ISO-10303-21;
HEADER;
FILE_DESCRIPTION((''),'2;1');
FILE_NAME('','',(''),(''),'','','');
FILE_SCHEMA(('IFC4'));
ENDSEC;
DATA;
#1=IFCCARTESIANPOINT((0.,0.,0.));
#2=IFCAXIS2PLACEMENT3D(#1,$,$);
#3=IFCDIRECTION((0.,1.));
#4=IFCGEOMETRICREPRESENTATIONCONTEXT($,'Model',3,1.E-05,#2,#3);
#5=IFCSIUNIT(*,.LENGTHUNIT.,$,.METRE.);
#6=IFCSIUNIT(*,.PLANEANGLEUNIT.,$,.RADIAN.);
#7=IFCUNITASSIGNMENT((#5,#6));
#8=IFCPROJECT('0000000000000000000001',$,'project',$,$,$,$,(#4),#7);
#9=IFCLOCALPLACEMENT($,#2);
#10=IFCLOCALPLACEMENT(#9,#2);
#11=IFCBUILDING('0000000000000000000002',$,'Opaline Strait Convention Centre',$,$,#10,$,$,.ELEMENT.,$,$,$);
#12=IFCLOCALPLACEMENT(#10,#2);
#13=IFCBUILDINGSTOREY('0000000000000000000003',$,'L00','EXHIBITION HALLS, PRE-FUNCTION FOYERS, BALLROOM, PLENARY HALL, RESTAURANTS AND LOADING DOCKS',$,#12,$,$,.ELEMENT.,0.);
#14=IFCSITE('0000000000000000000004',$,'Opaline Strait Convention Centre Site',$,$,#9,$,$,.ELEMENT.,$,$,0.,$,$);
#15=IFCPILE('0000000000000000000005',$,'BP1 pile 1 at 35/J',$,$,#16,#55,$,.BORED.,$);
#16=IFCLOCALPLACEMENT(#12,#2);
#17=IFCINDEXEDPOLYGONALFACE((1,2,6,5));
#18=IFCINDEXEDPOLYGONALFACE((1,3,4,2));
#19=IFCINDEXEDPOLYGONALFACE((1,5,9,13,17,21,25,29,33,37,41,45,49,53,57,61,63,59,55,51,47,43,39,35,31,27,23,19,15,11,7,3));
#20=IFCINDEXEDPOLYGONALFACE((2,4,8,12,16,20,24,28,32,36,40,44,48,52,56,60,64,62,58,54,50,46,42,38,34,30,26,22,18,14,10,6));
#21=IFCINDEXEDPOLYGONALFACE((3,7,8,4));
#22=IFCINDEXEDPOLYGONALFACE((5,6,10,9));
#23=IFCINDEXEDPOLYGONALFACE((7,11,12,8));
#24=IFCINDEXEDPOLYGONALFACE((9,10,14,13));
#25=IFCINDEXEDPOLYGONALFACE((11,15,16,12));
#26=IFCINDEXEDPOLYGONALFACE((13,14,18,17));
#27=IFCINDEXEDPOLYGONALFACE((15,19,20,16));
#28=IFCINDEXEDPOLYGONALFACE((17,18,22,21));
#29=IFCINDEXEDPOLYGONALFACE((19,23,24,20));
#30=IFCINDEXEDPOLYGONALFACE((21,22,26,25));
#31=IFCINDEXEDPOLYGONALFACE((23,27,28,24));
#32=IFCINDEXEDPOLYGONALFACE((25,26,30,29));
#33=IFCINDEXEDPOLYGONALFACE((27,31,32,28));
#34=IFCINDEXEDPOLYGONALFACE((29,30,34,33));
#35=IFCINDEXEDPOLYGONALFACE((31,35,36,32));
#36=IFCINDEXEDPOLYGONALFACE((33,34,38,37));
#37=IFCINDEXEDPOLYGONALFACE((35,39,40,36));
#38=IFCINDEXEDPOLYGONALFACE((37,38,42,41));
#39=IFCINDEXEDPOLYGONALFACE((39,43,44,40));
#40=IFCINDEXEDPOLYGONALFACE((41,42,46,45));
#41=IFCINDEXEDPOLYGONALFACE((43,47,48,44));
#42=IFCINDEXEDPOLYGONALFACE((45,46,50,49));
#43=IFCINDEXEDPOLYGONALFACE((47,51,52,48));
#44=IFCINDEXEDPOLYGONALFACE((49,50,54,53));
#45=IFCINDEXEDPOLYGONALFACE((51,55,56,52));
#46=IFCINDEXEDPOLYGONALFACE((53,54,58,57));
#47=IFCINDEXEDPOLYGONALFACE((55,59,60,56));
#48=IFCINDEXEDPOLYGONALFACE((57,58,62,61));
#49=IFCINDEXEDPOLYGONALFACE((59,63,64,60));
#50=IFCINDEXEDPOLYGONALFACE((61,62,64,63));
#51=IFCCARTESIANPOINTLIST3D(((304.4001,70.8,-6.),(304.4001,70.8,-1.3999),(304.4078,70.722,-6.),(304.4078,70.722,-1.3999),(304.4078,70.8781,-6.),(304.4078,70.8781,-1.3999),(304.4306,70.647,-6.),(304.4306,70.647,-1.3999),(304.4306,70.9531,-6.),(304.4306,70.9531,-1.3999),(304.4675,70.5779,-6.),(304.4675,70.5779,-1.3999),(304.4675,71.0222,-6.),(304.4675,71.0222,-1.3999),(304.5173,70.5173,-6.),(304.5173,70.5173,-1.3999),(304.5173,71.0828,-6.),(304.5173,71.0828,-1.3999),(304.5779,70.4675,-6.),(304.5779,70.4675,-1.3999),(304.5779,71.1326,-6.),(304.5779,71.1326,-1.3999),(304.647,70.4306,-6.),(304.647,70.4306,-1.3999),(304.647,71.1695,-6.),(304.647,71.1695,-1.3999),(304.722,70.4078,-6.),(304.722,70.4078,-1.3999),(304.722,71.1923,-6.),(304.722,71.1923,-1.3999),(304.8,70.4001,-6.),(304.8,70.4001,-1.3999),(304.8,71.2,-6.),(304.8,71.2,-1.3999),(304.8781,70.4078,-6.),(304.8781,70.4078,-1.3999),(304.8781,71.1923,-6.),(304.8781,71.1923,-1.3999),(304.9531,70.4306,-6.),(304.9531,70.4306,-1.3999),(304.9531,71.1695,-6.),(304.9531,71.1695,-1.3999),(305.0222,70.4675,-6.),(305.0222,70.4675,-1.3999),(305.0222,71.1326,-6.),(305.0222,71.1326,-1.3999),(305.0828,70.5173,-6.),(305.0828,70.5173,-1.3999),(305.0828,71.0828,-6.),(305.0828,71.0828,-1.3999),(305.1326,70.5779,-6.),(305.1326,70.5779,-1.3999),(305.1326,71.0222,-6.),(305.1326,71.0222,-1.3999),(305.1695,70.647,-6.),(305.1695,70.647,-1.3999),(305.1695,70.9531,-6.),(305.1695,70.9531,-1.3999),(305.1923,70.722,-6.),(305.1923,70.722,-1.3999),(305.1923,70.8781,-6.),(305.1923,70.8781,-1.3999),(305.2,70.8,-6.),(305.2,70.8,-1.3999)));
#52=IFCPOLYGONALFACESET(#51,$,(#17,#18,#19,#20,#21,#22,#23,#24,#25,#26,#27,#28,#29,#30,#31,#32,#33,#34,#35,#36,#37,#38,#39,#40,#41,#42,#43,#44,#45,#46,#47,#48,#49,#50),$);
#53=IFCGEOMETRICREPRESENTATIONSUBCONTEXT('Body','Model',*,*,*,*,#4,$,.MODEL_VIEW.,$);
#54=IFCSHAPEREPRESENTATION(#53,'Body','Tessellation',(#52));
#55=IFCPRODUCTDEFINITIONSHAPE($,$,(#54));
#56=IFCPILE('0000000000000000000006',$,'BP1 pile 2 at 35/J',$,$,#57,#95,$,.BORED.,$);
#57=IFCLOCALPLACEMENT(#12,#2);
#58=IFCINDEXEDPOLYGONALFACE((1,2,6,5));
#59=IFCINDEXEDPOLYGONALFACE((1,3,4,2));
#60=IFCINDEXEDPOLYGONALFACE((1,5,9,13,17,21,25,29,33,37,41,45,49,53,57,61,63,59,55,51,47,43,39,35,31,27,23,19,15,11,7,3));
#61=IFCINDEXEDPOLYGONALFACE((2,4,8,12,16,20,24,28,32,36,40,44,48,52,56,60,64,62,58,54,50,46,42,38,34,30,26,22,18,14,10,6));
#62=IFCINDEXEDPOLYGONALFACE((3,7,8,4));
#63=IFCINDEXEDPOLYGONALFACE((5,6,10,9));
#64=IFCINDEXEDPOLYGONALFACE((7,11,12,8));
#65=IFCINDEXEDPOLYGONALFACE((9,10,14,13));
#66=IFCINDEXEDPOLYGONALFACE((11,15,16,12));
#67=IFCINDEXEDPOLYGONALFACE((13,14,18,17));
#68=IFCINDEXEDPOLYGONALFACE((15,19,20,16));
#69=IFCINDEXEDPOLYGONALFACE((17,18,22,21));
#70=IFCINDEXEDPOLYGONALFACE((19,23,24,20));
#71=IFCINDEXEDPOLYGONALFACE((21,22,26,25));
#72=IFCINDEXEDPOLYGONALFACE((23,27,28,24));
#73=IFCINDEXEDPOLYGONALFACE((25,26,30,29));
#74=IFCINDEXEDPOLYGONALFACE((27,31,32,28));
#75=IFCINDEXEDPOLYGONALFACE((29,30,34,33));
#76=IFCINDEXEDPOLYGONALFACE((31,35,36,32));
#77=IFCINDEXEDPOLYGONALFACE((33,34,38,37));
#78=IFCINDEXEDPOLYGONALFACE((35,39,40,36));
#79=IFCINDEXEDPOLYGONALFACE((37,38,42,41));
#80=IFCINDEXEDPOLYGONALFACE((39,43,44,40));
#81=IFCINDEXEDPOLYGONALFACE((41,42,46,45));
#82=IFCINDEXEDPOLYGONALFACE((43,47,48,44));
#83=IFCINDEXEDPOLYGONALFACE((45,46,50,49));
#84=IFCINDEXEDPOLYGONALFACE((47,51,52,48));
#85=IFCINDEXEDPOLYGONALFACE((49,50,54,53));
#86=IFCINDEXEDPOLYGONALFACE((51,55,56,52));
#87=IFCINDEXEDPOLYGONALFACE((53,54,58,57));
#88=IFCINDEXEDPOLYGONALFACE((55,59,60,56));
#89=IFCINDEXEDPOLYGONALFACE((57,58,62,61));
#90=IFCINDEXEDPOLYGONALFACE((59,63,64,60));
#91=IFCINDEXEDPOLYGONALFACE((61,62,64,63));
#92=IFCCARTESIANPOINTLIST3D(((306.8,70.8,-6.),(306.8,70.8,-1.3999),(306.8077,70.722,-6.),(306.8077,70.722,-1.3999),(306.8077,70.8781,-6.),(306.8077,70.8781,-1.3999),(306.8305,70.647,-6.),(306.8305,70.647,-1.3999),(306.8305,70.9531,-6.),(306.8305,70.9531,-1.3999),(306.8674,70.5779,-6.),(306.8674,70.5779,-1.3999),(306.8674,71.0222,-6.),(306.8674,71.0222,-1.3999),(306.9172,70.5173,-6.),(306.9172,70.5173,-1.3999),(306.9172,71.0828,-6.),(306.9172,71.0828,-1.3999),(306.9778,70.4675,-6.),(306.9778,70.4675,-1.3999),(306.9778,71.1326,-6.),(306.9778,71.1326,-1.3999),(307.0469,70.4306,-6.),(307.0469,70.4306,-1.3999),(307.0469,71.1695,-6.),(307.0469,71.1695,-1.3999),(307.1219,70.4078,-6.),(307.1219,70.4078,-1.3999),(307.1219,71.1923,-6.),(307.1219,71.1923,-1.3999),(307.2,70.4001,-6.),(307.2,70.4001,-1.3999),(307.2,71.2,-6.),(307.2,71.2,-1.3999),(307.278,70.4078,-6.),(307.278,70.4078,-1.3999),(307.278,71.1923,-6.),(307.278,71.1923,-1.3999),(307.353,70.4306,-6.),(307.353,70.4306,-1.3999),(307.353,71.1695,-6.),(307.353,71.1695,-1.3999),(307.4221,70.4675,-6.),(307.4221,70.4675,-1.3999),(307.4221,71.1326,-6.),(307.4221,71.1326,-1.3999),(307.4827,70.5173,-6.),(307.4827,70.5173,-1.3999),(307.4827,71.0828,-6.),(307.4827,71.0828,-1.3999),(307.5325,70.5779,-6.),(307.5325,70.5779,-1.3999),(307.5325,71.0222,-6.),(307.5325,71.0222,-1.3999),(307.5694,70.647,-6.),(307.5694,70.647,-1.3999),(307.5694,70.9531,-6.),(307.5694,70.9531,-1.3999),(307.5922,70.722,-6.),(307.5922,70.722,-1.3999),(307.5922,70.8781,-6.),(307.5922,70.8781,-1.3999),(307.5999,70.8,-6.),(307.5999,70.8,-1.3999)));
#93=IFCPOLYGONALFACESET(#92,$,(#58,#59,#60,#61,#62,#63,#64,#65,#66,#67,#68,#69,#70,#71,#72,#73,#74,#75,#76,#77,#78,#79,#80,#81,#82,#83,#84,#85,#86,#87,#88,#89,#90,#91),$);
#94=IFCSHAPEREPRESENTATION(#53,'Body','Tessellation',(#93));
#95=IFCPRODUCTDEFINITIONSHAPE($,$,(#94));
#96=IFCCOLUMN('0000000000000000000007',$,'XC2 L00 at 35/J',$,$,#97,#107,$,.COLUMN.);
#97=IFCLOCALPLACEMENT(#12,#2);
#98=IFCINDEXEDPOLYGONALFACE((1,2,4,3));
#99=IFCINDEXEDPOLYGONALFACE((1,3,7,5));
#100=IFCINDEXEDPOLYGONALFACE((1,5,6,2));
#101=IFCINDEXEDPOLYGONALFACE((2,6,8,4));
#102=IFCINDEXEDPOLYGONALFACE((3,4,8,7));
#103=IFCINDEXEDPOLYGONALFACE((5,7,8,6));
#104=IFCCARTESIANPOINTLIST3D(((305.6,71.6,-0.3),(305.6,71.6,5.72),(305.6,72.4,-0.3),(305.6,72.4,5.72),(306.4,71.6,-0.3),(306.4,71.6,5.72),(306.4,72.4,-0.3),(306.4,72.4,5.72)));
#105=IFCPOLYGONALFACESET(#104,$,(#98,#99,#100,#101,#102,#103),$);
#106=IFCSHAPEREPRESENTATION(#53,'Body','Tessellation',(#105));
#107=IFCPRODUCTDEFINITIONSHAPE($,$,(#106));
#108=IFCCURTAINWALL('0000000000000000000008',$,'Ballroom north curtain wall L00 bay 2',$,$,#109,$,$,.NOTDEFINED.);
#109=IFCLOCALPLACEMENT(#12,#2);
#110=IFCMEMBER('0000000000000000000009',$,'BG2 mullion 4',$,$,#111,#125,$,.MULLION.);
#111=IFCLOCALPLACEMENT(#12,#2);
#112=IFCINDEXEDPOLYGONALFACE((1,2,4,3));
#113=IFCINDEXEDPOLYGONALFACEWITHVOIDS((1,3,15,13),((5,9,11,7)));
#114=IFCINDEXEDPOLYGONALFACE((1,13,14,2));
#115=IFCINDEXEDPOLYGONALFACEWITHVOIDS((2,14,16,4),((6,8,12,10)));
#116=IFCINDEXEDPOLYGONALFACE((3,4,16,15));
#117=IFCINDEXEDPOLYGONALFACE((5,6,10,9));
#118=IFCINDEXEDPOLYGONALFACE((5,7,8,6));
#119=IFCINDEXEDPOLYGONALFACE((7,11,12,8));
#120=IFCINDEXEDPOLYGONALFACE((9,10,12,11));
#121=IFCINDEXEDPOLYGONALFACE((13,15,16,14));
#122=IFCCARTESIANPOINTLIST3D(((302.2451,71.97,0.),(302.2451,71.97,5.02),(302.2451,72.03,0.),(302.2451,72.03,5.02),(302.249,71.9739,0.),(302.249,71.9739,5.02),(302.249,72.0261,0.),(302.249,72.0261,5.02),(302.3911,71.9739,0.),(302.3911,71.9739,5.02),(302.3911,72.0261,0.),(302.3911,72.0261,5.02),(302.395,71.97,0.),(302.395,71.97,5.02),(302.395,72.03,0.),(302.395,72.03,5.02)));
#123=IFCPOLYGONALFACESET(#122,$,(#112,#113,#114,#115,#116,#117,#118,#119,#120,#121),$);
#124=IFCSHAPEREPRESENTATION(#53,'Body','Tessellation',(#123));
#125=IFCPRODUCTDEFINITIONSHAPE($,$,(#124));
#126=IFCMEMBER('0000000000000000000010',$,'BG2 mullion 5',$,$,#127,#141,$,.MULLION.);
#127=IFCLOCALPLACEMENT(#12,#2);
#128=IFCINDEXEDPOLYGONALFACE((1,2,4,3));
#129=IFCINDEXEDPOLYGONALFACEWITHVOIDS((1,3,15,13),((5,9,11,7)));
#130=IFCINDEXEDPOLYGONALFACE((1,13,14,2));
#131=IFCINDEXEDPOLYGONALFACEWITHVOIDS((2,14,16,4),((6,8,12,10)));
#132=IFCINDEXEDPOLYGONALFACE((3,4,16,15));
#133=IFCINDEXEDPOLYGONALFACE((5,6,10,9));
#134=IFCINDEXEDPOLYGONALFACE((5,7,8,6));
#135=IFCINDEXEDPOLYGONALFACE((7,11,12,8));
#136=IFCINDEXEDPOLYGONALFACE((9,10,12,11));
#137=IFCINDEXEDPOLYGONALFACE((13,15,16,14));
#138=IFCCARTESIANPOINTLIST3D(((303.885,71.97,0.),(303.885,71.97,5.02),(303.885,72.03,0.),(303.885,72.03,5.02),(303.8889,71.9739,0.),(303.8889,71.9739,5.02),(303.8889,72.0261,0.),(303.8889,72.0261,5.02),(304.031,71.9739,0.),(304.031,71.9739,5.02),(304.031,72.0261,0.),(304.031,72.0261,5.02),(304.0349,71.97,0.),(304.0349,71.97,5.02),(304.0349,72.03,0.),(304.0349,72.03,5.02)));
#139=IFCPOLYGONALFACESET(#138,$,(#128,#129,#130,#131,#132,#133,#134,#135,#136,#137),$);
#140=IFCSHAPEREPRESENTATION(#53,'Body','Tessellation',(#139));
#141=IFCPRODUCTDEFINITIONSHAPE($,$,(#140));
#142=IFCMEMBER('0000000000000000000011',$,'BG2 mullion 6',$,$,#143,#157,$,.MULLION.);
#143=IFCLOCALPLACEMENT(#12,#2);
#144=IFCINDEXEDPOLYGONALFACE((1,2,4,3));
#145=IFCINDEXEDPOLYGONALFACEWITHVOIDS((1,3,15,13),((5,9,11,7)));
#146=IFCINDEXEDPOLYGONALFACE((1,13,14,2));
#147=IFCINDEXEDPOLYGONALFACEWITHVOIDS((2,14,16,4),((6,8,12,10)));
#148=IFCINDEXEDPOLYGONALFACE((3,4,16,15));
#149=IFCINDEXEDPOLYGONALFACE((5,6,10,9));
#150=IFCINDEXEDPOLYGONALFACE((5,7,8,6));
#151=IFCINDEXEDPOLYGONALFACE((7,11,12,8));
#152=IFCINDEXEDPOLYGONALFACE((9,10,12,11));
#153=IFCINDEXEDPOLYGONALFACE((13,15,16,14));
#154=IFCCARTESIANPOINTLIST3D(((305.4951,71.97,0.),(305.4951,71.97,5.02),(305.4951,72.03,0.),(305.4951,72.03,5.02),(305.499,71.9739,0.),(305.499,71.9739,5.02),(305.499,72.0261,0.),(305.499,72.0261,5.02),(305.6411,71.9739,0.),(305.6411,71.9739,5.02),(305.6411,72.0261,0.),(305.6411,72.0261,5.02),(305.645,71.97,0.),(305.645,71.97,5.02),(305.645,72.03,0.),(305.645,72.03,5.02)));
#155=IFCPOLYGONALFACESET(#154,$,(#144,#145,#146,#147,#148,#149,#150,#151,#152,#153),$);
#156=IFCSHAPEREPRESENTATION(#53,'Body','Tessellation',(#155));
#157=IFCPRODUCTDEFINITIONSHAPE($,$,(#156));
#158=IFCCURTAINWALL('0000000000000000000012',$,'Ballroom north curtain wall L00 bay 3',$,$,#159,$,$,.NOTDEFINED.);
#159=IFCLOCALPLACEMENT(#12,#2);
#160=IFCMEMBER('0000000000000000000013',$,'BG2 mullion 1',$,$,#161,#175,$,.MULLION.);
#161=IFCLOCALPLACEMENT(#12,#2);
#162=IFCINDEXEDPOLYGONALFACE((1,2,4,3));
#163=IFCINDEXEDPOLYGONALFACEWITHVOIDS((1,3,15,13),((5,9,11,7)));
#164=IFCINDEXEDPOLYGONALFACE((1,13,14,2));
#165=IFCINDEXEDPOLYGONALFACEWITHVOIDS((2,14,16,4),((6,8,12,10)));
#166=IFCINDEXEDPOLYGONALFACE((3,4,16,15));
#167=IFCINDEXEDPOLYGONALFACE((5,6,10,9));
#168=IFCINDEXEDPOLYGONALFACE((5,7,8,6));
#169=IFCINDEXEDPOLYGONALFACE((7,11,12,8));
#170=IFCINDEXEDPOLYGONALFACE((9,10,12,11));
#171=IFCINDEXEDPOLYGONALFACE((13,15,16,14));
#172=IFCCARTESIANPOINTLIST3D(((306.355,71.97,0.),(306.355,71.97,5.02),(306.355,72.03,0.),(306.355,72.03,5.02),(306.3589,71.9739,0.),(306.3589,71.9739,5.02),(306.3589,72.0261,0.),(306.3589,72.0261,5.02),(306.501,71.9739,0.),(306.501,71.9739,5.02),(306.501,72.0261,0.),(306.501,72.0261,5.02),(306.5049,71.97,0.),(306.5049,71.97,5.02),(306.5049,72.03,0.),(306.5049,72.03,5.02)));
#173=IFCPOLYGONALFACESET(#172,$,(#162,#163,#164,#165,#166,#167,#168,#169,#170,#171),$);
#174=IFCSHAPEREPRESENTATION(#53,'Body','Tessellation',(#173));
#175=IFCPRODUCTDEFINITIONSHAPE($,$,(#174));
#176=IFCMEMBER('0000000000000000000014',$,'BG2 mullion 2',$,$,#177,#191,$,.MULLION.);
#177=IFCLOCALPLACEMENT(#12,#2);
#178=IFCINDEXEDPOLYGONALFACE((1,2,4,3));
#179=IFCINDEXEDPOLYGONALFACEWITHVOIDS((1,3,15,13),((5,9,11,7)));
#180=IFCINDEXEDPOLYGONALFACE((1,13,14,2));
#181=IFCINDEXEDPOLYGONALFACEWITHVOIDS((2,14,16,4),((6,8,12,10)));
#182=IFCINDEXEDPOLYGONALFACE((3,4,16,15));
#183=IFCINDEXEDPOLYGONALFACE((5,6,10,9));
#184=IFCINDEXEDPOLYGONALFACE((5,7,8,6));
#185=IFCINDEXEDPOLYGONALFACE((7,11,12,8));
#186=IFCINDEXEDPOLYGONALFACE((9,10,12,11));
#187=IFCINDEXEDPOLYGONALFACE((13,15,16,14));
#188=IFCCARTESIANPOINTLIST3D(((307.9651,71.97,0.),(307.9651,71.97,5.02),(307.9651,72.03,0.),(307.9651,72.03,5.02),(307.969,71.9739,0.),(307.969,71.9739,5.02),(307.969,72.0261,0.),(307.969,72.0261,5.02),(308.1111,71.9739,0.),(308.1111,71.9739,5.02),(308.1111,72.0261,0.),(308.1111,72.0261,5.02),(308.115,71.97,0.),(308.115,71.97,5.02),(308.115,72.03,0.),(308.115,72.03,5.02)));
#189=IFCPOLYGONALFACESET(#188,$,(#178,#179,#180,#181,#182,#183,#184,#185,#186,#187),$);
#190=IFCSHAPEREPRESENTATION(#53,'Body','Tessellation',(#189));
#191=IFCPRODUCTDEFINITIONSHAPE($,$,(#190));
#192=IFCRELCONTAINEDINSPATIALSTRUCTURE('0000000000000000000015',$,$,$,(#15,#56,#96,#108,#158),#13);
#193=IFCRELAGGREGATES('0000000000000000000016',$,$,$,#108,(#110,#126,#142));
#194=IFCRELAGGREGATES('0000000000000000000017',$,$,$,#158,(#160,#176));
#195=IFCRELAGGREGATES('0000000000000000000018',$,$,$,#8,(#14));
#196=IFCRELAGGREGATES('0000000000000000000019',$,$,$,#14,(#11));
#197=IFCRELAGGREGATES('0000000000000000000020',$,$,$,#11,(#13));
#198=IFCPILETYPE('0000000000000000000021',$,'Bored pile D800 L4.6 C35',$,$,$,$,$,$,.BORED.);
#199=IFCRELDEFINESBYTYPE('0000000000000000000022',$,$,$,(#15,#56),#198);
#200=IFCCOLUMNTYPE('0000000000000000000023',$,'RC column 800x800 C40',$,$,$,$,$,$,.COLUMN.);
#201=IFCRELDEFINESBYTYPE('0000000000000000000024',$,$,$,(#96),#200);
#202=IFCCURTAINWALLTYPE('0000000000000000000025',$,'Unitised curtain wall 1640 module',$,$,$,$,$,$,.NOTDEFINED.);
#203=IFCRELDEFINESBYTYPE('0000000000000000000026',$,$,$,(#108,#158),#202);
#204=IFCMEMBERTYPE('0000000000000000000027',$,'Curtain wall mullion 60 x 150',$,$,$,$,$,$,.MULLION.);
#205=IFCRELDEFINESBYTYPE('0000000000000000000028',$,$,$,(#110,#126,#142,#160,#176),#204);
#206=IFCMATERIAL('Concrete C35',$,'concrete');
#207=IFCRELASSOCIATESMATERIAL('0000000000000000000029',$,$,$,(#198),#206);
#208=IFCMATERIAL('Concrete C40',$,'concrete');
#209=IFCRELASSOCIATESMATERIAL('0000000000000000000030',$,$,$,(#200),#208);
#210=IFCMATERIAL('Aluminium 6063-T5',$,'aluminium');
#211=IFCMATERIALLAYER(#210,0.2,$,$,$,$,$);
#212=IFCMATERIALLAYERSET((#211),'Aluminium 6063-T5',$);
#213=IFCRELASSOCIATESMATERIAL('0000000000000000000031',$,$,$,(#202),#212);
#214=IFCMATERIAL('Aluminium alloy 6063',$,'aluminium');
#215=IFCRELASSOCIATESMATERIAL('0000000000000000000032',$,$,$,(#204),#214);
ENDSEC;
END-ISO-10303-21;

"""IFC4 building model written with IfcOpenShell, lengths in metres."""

from ifc_helpers import new_model, si_unit, direction, frame, origin, origin_2d, place, context, subcontext, project, spatial, rectangle, hollow_rectangle, circle, extrude, material, layer, layer_set, material_profile, profile_set, type_object, element, aggregate, save


model = new_model("IFC4")

# Units and contexts
model_context = context("Model", 3, precision=1e-05, world=origin(), true_north=direction((0.0, 1.0)))
body_context = subcontext(model_context, "Body", "Model", "MODEL_VIEW")
ifc_project = project(units=[si_unit("LENGTHUNIT", "METRE"), si_unit("PLANEANGLEUNIT", "RADIAN")], contexts=[model_context])

# Site, building, storey
site_placement = place(None, origin())
site = spatial("IfcSite", under=ifc_project, at=site_placement, Name="Opaline Strait Convention Centre Site", CompositionType="ELEMENT", RefElevation=0.0)
building_placement = place(site_placement, origin())
building = spatial("IfcBuilding", under=site, at=building_placement, Name="Opaline Strait Convention Centre", CompositionType="ELEMENT")
storey_placement = place(building_placement, origin())
storey = spatial("IfcBuildingStorey", under=building, at=storey_placement, Name="L00", Description="EXHIBITION HALLS, PRE-FUNCTION FOYERS, BALLROOM, PLENARY HALL, RESTAURANTS AND LOADING DOCKS", CompositionType="ELEMENT", Elevation=0.0)

# Piles
ifc_material_1 = material(Name="Concrete C35", Category="concrete")
ifc_material_profile_1 = material_profile(ifc_material_1, circle(Radius=0.3999, at=origin_2d()), Name="D800")
ifc_profile_set_1 = profile_set([ifc_material_profile_1], Name="Concrete C35")
pile_type = type_object("IfcPileType", Name="Bored pile D800 L4.6 C35", PredefinedType="BORED", material=ifc_profile_set_1)
for number, where, z_axis, x_axis, name in (
    (1, (304.8, 70.8, -1.3999), (0.0, 0.0, -1.0), (1.0, 0.0, 0.0), "BP1 pile 1 at 35/J"),
    (2, (307.2, 70.8, -1.3999), (0.0, 0.0, -1.0), (1.0, 0.0, 0.0), "BP1 pile 2 at 35/J"),
):
    element("IfcPile", number, at=place(storey_placement, frame(where, z_axis=z_axis, x_axis=x_axis)), inside=storey, type_object=pile_type, Name=name, PredefinedType="BORED", context=body_context, shape_type="SweptSolid", body=[
        extrude(circle(Radius=0.3999, at=origin_2d()), origin(), (0.0, 0.0, 1.0), 4.6001),
    ])

# Column
ifc_material_2 = material(Name="Concrete C40", Category="concrete")
ifc_material_profile_2 = material_profile(ifc_material_2, rectangle(XDim=0.8, YDim=0.8, at=origin_2d()), Name="RC 800x800")
ifc_profile_set_2 = profile_set([ifc_material_profile_2], Name="Concrete C40")
column_type = type_object("IfcColumnType", Name="RC column 800x800 C40", PredefinedType="COLUMN", material=ifc_profile_set_2)
column_placement = place(storey_placement, frame((306.0, 72.0, -0.3), z_axis=(0.0, 0.0, 1.0), x_axis=(1.0, 0.0, 0.0)))
element("IfcColumn", 3, at=column_placement, inside=storey, type_object=column_type, Name="XC2 L00 at 35/J", PredefinedType="COLUMN", context=body_context, shape_type="SweptSolid", body=[
    extrude(rectangle(XDim=0.8, YDim=0.8, at=origin_2d()), origin(), (0.0, 0.0, 1.0), 6.02),
])

# Curtain walls, members
ifc_material_3 = material(Name="Aluminium 6063-T5", Category="aluminium")
ifc_layer_1 = layer(ifc_material_3, 0.2)
ifc_layer_set_1 = layer_set([ifc_layer_1], Name="Aluminium 6063-T5")
curtain_wall_type = type_object("IfcCurtainWallType", Name="Unitised curtain wall 1640 module", PredefinedType="NOTDEFINED", material=ifc_layer_set_1)
curtain_wall_1_placement = place(storey_placement, origin())
curtain_wall_1 = element("IfcCurtainWall", 4, at=curtain_wall_1_placement, inside=storey, type_object=curtain_wall_type, Name="Ballroom north curtain wall L00 bay 2", PredefinedType="NOTDEFINED")
ifc_material_4 = material(Name="Aluminium alloy 6063", Category="aluminium")
ifc_material_profile_3 = material_profile(ifc_material_4, hollow_rectangle(XDim=0.0601, YDim=0.1499, WallThickness=0.0039, at=origin_2d()), Name="MULLION 60x150x4")
ifc_profile_set_3 = profile_set([ifc_material_profile_3], Name="Aluminium alloy 6063")
member_type_1 = type_object("IfcMemberType", Name="Curtain wall mullion 60 x 150", PredefinedType="MULLION", material=ifc_profile_set_3)
member_1_placement = place(storey_placement, frame((302.3201, 72.0, 0.0), z_axis=(0.0, 0.0, 1.0), x_axis=(0.0, 1.0, 0.0)))
member_1 = element("IfcMember", 5, at=member_1_placement, type_object=member_type_1, Name="BG2 mullion 4", PredefinedType="MULLION", context=body_context, shape_type="SweptSolid", body=[
    extrude(hollow_rectangle(XDim=0.0601, YDim=0.1499, WallThickness=0.0039, at=origin_2d()), origin(), (0.0, 0.0, 1.0), 5.02),
])
member_2_placement = place(storey_placement, frame((303.96, 72.0, 0.0), z_axis=(0.0, 0.0, 1.0), x_axis=(0.0, 1.0, 0.0)))
member_2 = element("IfcMember", 6, at=member_2_placement, type_object=member_type_1, Name="BG2 mullion 5", PredefinedType="MULLION", context=body_context, shape_type="SweptSolid", body=[
    extrude(hollow_rectangle(XDim=0.0601, YDim=0.1499, WallThickness=0.0039, at=origin_2d()), origin(), (0.0, 0.0, 1.0), 5.02),
])
member_3_placement = place(storey_placement, frame((305.5701, 72.0, 0.0), z_axis=(0.0, 0.0, 1.0), x_axis=(0.0, 1.0, 0.0)))
member_3 = element("IfcMember", 7, at=member_3_placement, type_object=member_type_1, Name="BG2 mullion 6", PredefinedType="MULLION", context=body_context, shape_type="SweptSolid", body=[
    extrude(hollow_rectangle(XDim=0.0601, YDim=0.1499, WallThickness=0.0039, at=origin_2d()), origin(), (0.0, 0.0, 1.0), 5.02),
])
curtain_wall_2_placement = place(storey_placement, origin())
curtain_wall_2 = element("IfcCurtainWall", 8, at=curtain_wall_2_placement, inside=storey, type_object=curtain_wall_type, Name="Ballroom north curtain wall L00 bay 3", PredefinedType="NOTDEFINED")
member_4_placement = place(storey_placement, frame((306.4299, 72.0, 0.0), z_axis=(0.0, 0.0, 1.0), x_axis=(0.0, 1.0, 0.0)))
member_4 = element("IfcMember", 9, at=member_4_placement, type_object=member_type_1, Name="BG2 mullion 1", PredefinedType="MULLION", context=body_context, shape_type="SweptSolid", body=[
    extrude(hollow_rectangle(XDim=0.0601, YDim=0.1499, WallThickness=0.0039, at=origin_2d()), origin(), (0.0, 0.0, 1.0), 5.02),
])
member_5_placement = place(storey_placement, frame((308.04, 72.0, 0.0), z_axis=(0.0, 0.0, 1.0), x_axis=(0.0, 1.0, 0.0)))
member_5 = element("IfcMember", 10, at=member_5_placement, type_object=member_type_1, Name="BG2 mullion 2", PredefinedType="MULLION", context=body_context, shape_type="SweptSolid", body=[
    extrude(hollow_rectangle(XDim=0.0601, YDim=0.1499, WallThickness=0.0039, at=origin_2d()), origin(), (0.0, 0.0, 1.0), 5.02),
])

aggregate(curtain_wall_1, [member_1, member_2, member_3])
aggregate(curtain_wall_2, [member_4, member_5])

save(model, "model.ifc")
